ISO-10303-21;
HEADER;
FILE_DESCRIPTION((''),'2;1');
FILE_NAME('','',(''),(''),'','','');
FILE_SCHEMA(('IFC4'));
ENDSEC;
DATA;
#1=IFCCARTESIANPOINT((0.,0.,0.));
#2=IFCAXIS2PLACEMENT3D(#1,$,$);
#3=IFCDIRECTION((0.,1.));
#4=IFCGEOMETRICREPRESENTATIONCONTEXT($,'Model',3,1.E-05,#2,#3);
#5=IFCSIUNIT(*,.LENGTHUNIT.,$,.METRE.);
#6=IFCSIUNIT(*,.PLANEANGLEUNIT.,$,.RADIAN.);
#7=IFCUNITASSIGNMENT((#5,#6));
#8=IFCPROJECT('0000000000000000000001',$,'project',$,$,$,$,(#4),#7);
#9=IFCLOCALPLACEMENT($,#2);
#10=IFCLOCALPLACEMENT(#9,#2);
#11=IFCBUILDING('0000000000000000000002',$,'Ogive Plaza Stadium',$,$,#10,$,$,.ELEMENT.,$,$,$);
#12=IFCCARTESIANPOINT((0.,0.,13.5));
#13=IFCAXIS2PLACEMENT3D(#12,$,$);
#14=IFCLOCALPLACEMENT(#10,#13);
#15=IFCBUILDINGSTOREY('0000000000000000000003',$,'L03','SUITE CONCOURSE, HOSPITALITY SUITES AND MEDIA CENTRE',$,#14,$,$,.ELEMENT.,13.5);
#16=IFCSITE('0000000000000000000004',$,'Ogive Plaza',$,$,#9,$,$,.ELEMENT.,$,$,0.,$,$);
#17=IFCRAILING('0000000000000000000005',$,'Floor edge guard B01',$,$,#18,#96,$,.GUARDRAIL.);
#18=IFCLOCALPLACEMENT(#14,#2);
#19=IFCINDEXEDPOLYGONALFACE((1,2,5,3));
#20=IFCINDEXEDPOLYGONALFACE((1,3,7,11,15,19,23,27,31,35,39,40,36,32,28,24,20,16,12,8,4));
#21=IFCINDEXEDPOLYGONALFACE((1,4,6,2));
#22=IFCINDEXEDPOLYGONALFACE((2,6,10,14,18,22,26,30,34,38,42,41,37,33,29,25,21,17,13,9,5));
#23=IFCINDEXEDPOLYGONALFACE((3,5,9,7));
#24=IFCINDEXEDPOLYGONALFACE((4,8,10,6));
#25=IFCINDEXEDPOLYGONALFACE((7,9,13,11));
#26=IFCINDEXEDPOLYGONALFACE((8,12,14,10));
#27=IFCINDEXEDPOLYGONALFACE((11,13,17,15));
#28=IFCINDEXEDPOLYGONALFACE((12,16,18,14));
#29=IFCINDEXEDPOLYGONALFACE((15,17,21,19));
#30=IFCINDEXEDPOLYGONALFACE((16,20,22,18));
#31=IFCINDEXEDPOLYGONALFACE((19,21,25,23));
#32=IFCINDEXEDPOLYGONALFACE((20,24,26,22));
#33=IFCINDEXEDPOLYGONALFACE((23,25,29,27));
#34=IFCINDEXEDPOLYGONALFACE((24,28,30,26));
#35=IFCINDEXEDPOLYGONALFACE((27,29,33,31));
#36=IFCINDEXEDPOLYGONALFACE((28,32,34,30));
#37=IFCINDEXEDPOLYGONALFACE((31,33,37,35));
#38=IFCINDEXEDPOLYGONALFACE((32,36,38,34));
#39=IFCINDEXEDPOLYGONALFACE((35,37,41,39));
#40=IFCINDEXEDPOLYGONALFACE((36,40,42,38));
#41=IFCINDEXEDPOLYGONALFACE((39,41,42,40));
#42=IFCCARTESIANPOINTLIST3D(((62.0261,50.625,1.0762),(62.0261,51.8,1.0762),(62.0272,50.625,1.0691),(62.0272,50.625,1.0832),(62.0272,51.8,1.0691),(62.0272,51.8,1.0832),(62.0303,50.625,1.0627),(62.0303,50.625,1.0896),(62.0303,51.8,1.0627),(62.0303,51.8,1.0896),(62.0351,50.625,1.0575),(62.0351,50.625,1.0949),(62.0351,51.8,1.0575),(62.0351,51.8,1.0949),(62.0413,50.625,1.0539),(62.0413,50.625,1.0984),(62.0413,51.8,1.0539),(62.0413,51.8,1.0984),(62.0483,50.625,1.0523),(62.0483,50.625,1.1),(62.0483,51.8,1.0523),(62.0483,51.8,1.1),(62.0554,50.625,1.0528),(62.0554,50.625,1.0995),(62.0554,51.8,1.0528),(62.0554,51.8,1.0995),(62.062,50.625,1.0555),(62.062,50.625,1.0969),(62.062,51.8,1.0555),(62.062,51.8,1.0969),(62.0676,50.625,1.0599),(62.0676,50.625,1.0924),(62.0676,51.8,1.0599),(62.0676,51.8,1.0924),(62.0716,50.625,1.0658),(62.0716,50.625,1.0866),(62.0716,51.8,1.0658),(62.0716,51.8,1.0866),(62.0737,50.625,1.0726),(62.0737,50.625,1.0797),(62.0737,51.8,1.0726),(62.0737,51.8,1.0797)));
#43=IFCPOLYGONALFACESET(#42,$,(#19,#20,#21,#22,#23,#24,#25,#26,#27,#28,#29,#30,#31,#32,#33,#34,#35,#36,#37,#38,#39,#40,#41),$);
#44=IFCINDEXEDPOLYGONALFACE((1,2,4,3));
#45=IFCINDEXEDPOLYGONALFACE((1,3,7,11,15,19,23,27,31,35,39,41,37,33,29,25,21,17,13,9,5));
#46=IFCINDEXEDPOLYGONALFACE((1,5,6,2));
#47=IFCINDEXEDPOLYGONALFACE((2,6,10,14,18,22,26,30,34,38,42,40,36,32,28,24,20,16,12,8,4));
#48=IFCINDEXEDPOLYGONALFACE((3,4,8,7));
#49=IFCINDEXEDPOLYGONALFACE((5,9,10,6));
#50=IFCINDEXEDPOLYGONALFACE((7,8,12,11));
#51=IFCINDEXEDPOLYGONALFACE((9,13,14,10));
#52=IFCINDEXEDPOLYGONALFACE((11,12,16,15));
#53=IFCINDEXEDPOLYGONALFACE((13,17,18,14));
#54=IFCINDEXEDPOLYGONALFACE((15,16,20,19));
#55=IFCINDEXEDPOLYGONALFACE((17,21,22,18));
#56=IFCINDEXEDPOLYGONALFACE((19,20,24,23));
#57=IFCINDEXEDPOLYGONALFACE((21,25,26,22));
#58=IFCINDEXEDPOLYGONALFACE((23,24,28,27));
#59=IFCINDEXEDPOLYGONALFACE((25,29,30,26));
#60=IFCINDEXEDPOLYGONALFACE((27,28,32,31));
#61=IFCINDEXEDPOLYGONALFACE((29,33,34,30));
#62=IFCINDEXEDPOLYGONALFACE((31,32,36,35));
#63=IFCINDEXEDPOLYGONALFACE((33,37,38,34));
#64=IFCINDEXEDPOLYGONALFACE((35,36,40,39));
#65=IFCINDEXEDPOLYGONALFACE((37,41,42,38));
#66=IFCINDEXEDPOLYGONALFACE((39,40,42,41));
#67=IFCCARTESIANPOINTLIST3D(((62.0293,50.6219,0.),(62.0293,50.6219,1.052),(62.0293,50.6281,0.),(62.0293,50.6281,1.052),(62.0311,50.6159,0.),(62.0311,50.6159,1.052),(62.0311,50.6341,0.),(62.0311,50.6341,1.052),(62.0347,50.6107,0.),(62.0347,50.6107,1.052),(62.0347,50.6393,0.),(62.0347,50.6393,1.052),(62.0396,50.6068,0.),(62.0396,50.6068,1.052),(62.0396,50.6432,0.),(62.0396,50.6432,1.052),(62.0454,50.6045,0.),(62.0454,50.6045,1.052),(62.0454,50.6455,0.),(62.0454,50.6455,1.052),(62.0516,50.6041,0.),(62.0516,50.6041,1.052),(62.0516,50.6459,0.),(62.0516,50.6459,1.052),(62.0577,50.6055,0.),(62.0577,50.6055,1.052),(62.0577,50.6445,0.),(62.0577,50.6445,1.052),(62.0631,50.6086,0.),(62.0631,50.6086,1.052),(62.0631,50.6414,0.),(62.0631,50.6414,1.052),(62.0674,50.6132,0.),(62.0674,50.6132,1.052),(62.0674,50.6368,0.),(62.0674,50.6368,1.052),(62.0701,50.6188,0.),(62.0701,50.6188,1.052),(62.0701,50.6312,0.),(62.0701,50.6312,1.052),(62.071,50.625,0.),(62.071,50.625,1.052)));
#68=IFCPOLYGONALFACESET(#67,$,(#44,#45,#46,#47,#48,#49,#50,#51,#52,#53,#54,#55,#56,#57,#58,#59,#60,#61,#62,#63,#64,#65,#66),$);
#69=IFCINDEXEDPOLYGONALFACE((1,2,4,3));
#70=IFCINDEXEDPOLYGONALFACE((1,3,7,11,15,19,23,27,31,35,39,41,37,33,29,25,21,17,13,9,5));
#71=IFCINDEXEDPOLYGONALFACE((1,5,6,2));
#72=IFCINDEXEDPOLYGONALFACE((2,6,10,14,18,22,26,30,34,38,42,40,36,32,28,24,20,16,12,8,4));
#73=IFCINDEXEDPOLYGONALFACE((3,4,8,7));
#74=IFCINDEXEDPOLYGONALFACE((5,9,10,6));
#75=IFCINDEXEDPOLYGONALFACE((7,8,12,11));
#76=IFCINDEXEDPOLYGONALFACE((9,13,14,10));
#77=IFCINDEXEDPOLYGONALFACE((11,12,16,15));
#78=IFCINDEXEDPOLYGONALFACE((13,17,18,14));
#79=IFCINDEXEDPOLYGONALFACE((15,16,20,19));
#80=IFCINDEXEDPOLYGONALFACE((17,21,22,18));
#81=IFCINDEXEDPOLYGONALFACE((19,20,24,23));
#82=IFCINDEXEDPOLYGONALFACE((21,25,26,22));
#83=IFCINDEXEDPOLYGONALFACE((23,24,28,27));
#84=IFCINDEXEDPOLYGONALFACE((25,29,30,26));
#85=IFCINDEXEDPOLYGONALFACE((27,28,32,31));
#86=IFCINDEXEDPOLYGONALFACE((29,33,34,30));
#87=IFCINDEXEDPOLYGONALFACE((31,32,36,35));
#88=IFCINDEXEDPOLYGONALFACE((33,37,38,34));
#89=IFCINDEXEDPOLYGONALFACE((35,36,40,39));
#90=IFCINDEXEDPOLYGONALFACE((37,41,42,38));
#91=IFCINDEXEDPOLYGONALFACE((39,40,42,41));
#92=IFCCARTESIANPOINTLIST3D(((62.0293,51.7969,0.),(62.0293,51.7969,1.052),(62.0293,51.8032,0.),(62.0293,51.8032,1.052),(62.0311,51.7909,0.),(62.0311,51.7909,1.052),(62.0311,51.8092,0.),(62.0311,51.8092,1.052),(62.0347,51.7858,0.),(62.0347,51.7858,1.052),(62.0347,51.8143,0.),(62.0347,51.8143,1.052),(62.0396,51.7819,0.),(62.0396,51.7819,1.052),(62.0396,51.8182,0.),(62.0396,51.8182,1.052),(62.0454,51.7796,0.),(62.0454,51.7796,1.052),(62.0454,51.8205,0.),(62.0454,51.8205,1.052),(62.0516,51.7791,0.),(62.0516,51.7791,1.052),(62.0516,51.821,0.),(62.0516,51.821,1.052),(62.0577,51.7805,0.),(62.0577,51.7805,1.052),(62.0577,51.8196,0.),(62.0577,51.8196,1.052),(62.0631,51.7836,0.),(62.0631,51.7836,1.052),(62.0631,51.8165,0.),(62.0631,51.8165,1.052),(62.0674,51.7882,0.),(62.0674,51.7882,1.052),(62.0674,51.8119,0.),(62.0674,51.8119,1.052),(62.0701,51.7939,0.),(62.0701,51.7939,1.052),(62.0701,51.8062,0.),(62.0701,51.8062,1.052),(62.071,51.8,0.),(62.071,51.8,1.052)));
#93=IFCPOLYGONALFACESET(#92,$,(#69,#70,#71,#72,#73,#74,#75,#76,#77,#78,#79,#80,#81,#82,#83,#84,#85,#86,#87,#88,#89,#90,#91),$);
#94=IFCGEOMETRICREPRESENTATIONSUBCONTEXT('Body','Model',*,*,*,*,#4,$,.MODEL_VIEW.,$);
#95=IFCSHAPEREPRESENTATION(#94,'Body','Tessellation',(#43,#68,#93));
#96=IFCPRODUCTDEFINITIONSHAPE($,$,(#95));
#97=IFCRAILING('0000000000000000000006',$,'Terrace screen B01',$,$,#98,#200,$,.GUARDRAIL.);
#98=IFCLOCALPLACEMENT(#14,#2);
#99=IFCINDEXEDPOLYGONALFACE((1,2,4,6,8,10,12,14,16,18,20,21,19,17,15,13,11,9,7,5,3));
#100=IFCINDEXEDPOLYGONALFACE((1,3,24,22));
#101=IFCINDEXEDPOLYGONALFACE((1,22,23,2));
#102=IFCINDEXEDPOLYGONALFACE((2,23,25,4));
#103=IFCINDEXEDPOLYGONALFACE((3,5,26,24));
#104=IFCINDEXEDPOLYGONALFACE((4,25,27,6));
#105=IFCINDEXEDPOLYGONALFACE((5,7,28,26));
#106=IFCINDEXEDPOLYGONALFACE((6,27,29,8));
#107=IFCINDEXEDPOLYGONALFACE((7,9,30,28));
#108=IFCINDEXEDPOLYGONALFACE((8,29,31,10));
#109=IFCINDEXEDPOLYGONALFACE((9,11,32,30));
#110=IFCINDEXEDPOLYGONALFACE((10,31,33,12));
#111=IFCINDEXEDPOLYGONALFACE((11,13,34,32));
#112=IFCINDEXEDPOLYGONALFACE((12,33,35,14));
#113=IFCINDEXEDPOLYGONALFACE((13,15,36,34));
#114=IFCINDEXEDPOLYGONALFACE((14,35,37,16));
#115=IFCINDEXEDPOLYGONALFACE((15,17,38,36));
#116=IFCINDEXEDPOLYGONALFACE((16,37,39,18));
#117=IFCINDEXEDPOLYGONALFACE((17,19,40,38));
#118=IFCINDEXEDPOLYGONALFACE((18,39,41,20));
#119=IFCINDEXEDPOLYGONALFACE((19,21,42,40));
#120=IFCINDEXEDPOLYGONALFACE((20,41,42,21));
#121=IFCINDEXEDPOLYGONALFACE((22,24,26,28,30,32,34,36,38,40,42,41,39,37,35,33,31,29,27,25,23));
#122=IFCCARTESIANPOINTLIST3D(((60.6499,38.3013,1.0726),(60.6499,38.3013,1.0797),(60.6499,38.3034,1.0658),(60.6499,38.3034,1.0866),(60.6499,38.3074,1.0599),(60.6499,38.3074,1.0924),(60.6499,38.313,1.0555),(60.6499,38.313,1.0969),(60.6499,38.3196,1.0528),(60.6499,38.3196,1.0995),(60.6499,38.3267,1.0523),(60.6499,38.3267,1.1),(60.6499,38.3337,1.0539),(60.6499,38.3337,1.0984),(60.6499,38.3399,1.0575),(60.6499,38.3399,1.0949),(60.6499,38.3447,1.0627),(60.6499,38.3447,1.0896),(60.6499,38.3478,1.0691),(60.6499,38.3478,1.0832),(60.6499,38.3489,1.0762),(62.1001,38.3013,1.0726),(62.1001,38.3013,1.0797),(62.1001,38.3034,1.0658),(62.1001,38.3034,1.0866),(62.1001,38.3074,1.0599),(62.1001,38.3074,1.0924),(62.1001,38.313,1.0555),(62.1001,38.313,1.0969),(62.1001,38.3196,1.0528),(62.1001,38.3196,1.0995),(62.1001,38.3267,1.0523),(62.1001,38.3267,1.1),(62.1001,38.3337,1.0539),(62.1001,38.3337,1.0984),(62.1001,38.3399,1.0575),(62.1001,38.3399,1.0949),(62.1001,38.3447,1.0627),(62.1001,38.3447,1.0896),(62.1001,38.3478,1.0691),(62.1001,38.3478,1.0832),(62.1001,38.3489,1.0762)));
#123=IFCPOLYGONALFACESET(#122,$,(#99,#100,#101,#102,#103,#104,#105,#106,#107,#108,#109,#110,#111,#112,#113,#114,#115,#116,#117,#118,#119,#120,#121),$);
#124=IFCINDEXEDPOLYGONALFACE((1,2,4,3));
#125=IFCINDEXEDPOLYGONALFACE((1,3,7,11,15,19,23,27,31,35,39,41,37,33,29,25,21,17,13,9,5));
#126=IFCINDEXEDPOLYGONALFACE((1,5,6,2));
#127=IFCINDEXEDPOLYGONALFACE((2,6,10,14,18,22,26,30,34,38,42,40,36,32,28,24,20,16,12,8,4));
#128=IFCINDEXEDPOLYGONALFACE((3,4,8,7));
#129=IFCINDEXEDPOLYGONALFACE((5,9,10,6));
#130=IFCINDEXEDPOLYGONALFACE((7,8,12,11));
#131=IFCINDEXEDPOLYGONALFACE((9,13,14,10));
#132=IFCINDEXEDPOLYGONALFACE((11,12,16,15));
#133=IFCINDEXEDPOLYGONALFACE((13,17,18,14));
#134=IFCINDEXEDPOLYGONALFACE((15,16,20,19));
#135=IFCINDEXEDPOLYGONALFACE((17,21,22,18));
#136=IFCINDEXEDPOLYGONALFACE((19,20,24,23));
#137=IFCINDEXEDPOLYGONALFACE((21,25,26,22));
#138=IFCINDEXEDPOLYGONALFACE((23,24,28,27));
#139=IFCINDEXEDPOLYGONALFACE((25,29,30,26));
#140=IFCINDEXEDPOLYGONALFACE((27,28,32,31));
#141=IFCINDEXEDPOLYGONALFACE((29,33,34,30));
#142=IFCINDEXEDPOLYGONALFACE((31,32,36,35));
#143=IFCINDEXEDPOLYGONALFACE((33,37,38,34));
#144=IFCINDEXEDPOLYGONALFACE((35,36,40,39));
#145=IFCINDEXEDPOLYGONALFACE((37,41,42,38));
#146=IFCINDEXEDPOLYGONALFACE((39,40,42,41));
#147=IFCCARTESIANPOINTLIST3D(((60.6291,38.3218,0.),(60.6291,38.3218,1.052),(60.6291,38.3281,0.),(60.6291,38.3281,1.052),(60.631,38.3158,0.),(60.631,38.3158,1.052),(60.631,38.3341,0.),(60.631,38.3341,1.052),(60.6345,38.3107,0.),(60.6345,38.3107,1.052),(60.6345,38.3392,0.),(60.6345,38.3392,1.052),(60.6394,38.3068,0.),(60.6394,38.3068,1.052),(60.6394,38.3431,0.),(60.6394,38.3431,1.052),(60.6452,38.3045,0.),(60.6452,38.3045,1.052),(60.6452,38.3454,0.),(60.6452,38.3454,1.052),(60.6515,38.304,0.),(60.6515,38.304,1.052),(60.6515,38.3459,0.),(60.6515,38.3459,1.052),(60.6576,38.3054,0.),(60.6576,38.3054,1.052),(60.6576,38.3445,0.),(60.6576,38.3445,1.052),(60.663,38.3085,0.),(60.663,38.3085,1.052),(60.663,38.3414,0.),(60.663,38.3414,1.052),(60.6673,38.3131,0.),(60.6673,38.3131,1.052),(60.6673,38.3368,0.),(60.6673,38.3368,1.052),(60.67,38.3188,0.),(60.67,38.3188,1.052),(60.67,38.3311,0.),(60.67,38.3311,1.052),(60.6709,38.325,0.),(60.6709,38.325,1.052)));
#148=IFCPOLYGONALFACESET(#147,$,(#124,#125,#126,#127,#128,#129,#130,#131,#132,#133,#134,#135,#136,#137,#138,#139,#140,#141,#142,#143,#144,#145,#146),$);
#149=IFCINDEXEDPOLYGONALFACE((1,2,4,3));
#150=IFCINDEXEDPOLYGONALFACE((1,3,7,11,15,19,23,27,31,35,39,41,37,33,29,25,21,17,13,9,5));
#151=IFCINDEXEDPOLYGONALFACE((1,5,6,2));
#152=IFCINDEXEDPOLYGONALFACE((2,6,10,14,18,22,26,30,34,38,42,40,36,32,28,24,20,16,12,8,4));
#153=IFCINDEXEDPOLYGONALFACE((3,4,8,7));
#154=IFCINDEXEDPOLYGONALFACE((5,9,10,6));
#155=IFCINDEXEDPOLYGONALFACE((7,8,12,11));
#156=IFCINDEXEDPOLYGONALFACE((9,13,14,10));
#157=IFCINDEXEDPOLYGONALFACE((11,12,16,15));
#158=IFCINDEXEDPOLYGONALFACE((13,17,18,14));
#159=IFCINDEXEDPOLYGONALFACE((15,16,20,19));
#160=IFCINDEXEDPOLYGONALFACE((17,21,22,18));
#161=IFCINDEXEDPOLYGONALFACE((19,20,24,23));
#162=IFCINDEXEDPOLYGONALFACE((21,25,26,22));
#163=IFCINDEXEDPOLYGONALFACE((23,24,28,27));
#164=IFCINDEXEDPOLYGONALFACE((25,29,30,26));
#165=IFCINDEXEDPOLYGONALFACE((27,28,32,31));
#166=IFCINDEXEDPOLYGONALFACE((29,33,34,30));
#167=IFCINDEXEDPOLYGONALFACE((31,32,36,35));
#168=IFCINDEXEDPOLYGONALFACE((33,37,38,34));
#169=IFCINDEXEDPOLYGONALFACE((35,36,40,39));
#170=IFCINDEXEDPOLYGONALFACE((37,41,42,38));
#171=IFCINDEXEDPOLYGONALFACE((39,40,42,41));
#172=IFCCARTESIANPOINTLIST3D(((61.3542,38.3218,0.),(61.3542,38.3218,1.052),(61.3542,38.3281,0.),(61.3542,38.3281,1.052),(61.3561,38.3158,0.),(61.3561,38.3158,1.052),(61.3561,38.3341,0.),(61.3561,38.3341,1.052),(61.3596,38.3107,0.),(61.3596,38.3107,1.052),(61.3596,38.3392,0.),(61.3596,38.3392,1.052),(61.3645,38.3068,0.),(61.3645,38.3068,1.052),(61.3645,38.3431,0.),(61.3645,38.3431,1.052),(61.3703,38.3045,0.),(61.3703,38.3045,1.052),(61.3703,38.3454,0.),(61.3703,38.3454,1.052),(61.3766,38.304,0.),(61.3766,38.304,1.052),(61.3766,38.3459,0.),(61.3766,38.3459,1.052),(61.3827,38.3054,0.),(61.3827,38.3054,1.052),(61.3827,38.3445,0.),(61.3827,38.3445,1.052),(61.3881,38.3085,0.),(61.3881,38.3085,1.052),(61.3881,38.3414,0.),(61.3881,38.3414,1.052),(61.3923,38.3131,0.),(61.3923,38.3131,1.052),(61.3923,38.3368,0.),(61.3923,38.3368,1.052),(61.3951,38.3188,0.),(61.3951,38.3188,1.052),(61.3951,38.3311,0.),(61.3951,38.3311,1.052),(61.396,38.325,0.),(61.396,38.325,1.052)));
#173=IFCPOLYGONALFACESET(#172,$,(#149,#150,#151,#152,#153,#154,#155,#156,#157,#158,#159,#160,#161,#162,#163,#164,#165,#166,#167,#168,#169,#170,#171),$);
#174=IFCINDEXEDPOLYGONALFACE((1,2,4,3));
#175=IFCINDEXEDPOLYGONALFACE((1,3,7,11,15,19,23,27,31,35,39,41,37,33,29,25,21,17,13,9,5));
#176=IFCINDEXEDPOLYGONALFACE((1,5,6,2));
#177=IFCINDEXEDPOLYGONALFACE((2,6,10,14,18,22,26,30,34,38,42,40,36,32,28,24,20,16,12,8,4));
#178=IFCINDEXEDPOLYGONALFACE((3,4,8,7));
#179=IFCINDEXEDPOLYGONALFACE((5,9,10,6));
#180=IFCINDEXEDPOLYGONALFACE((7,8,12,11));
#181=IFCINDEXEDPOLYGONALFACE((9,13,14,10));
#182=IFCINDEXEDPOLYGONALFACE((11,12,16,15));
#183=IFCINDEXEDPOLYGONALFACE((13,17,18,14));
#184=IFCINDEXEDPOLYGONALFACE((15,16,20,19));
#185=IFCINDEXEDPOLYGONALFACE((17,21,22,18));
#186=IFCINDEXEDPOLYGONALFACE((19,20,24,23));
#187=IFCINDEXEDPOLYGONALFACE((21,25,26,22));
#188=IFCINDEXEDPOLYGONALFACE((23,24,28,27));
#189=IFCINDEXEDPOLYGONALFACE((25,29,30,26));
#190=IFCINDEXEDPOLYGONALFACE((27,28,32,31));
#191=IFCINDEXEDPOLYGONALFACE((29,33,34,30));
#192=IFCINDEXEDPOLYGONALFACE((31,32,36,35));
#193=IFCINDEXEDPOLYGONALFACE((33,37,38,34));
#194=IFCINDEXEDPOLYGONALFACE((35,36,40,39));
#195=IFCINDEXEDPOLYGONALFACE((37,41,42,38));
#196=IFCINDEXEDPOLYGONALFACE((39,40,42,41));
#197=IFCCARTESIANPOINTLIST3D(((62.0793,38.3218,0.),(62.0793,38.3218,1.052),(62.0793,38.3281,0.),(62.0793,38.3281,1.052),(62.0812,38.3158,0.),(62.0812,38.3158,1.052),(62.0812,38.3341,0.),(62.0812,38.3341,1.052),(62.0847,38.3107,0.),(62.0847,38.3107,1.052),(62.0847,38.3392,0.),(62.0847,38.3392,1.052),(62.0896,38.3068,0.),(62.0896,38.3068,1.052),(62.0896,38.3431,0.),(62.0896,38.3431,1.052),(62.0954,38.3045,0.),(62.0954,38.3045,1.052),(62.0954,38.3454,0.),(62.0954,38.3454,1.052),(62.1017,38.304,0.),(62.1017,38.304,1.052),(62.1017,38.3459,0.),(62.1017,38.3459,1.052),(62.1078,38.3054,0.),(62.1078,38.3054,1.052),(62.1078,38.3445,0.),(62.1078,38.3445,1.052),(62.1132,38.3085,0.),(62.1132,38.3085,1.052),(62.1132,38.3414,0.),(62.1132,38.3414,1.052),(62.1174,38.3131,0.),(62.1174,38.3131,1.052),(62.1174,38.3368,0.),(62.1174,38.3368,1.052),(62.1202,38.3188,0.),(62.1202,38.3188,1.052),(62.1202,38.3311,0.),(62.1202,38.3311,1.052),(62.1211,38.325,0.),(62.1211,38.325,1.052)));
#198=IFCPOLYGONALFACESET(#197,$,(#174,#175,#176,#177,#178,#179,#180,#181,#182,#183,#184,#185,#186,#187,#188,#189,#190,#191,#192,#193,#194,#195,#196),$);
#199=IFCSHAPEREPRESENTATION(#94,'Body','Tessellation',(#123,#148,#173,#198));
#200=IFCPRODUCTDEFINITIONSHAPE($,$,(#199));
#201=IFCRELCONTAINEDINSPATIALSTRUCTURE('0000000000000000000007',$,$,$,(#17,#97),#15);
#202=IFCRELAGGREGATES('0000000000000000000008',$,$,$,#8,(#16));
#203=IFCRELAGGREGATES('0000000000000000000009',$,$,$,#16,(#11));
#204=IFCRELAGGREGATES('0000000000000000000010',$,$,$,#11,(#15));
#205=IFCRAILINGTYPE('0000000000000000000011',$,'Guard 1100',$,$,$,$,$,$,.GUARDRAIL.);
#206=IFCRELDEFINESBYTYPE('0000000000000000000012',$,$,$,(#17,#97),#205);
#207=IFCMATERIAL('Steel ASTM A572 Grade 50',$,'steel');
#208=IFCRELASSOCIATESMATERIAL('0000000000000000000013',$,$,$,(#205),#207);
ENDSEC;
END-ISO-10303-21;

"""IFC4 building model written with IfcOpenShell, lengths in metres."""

from ifc_helpers import new_model, si_unit, direction, frame, origin, origin_2d, place, context, subcontext, project, spatial, circle, extrude, material, type_object, element, save


model = new_model("IFC4")

# Units and contexts
model_context = context("Model", 3, precision=1e-05, world=origin(), true_north=direction((0.0, 1.0)))
body_context = subcontext(model_context, "Body", "Model", "MODEL_VIEW")
ifc_project = project(units=[si_unit("LENGTHUNIT", "METRE"), si_unit("PLANEANGLEUNIT", "RADIAN")], contexts=[model_context])

# Site, building, storey
site_placement = place(None, origin())
site = spatial("IfcSite", under=ifc_project, at=site_placement, Name="Ogive Plaza", CompositionType="ELEMENT", RefElevation=0.0)
building_placement = place(site_placement, origin())
building = spatial("IfcBuilding", under=site, at=building_placement, Name="Ogive Plaza Stadium", CompositionType="ELEMENT")
storey_placement = place(building_placement, frame((0.0, 0.0, 13.5)))
storey = spatial("IfcBuildingStorey", under=building, at=storey_placement, Name="L03", Description="SUITE CONCOURSE, HOSPITALITY SUITES AND MEDIA CENTRE", CompositionType="ELEMENT", Elevation=13.5)

# Railings
ifc_material_1 = material(Name="Steel ASTM A572 Grade 50", Category="steel")
railing_type = type_object("IfcRailingType", Name="Guard 1100", PredefinedType="GUARDRAIL", material=ifc_material_1)
railing_1_placement = place(storey_placement, frame((62.05, 50.625, 0.0)))
element("IfcRailing", 1, at=railing_1_placement, inside=storey, type_object=railing_type, Name="Floor edge guard B01", PredefinedType="GUARDRAIL", context=body_context, shape_type="SweptSolid", body=[
    extrude(circle(Radius=0.0239, at=origin_2d()), frame((0.0, 0.0, 1.0762), z_axis=(0.0, 1.0, 0.0), x_axis=(-1.0, 0.0, 0.0)), (0.0, 0.0, 1.0), 1.175),
    extrude(circle(Radius=0.021, at=origin_2d()), origin(), (0.0, 0.0, 1.0), 1.052),
    extrude(circle(Radius=0.021, at=origin_2d()), frame((0.0, 1.175, 0.0)), (0.0, 0.0, 1.0), 1.052),
])
for number, where, name in (
    (2, (60.6499, 38.325, 0.0), "Terrace screen B01"),
):
    element("IfcRailing", number, at=place(storey_placement, frame(where)), inside=storey, type_object=railing_type, Name=name, PredefinedType="GUARDRAIL", context=body_context, shape_type="SweptSolid", body=[
        extrude(circle(Radius=0.0239, at=origin_2d()), frame((0.0, 0.0, 1.0762), z_axis=(1.0, 0.0, 0.0), x_axis=(0.0, 1.0, 0.0)), (0.0, 0.0, 1.0), 1.4502),
        extrude(circle(Radius=0.021, at=origin_2d()), origin(), (0.0, 0.0, 1.0), 1.052),
        extrude(circle(Radius=0.021, at=origin_2d()), frame((0.7251, 0.0, 0.0)), (0.0, 0.0, 1.0), 1.052),
        extrude(circle(Radius=0.021, at=origin_2d()), frame((1.4502, 0.0, 0.0)), (0.0, 0.0, 1.0), 1.052),
    ])

save(model, "model.ifc")
